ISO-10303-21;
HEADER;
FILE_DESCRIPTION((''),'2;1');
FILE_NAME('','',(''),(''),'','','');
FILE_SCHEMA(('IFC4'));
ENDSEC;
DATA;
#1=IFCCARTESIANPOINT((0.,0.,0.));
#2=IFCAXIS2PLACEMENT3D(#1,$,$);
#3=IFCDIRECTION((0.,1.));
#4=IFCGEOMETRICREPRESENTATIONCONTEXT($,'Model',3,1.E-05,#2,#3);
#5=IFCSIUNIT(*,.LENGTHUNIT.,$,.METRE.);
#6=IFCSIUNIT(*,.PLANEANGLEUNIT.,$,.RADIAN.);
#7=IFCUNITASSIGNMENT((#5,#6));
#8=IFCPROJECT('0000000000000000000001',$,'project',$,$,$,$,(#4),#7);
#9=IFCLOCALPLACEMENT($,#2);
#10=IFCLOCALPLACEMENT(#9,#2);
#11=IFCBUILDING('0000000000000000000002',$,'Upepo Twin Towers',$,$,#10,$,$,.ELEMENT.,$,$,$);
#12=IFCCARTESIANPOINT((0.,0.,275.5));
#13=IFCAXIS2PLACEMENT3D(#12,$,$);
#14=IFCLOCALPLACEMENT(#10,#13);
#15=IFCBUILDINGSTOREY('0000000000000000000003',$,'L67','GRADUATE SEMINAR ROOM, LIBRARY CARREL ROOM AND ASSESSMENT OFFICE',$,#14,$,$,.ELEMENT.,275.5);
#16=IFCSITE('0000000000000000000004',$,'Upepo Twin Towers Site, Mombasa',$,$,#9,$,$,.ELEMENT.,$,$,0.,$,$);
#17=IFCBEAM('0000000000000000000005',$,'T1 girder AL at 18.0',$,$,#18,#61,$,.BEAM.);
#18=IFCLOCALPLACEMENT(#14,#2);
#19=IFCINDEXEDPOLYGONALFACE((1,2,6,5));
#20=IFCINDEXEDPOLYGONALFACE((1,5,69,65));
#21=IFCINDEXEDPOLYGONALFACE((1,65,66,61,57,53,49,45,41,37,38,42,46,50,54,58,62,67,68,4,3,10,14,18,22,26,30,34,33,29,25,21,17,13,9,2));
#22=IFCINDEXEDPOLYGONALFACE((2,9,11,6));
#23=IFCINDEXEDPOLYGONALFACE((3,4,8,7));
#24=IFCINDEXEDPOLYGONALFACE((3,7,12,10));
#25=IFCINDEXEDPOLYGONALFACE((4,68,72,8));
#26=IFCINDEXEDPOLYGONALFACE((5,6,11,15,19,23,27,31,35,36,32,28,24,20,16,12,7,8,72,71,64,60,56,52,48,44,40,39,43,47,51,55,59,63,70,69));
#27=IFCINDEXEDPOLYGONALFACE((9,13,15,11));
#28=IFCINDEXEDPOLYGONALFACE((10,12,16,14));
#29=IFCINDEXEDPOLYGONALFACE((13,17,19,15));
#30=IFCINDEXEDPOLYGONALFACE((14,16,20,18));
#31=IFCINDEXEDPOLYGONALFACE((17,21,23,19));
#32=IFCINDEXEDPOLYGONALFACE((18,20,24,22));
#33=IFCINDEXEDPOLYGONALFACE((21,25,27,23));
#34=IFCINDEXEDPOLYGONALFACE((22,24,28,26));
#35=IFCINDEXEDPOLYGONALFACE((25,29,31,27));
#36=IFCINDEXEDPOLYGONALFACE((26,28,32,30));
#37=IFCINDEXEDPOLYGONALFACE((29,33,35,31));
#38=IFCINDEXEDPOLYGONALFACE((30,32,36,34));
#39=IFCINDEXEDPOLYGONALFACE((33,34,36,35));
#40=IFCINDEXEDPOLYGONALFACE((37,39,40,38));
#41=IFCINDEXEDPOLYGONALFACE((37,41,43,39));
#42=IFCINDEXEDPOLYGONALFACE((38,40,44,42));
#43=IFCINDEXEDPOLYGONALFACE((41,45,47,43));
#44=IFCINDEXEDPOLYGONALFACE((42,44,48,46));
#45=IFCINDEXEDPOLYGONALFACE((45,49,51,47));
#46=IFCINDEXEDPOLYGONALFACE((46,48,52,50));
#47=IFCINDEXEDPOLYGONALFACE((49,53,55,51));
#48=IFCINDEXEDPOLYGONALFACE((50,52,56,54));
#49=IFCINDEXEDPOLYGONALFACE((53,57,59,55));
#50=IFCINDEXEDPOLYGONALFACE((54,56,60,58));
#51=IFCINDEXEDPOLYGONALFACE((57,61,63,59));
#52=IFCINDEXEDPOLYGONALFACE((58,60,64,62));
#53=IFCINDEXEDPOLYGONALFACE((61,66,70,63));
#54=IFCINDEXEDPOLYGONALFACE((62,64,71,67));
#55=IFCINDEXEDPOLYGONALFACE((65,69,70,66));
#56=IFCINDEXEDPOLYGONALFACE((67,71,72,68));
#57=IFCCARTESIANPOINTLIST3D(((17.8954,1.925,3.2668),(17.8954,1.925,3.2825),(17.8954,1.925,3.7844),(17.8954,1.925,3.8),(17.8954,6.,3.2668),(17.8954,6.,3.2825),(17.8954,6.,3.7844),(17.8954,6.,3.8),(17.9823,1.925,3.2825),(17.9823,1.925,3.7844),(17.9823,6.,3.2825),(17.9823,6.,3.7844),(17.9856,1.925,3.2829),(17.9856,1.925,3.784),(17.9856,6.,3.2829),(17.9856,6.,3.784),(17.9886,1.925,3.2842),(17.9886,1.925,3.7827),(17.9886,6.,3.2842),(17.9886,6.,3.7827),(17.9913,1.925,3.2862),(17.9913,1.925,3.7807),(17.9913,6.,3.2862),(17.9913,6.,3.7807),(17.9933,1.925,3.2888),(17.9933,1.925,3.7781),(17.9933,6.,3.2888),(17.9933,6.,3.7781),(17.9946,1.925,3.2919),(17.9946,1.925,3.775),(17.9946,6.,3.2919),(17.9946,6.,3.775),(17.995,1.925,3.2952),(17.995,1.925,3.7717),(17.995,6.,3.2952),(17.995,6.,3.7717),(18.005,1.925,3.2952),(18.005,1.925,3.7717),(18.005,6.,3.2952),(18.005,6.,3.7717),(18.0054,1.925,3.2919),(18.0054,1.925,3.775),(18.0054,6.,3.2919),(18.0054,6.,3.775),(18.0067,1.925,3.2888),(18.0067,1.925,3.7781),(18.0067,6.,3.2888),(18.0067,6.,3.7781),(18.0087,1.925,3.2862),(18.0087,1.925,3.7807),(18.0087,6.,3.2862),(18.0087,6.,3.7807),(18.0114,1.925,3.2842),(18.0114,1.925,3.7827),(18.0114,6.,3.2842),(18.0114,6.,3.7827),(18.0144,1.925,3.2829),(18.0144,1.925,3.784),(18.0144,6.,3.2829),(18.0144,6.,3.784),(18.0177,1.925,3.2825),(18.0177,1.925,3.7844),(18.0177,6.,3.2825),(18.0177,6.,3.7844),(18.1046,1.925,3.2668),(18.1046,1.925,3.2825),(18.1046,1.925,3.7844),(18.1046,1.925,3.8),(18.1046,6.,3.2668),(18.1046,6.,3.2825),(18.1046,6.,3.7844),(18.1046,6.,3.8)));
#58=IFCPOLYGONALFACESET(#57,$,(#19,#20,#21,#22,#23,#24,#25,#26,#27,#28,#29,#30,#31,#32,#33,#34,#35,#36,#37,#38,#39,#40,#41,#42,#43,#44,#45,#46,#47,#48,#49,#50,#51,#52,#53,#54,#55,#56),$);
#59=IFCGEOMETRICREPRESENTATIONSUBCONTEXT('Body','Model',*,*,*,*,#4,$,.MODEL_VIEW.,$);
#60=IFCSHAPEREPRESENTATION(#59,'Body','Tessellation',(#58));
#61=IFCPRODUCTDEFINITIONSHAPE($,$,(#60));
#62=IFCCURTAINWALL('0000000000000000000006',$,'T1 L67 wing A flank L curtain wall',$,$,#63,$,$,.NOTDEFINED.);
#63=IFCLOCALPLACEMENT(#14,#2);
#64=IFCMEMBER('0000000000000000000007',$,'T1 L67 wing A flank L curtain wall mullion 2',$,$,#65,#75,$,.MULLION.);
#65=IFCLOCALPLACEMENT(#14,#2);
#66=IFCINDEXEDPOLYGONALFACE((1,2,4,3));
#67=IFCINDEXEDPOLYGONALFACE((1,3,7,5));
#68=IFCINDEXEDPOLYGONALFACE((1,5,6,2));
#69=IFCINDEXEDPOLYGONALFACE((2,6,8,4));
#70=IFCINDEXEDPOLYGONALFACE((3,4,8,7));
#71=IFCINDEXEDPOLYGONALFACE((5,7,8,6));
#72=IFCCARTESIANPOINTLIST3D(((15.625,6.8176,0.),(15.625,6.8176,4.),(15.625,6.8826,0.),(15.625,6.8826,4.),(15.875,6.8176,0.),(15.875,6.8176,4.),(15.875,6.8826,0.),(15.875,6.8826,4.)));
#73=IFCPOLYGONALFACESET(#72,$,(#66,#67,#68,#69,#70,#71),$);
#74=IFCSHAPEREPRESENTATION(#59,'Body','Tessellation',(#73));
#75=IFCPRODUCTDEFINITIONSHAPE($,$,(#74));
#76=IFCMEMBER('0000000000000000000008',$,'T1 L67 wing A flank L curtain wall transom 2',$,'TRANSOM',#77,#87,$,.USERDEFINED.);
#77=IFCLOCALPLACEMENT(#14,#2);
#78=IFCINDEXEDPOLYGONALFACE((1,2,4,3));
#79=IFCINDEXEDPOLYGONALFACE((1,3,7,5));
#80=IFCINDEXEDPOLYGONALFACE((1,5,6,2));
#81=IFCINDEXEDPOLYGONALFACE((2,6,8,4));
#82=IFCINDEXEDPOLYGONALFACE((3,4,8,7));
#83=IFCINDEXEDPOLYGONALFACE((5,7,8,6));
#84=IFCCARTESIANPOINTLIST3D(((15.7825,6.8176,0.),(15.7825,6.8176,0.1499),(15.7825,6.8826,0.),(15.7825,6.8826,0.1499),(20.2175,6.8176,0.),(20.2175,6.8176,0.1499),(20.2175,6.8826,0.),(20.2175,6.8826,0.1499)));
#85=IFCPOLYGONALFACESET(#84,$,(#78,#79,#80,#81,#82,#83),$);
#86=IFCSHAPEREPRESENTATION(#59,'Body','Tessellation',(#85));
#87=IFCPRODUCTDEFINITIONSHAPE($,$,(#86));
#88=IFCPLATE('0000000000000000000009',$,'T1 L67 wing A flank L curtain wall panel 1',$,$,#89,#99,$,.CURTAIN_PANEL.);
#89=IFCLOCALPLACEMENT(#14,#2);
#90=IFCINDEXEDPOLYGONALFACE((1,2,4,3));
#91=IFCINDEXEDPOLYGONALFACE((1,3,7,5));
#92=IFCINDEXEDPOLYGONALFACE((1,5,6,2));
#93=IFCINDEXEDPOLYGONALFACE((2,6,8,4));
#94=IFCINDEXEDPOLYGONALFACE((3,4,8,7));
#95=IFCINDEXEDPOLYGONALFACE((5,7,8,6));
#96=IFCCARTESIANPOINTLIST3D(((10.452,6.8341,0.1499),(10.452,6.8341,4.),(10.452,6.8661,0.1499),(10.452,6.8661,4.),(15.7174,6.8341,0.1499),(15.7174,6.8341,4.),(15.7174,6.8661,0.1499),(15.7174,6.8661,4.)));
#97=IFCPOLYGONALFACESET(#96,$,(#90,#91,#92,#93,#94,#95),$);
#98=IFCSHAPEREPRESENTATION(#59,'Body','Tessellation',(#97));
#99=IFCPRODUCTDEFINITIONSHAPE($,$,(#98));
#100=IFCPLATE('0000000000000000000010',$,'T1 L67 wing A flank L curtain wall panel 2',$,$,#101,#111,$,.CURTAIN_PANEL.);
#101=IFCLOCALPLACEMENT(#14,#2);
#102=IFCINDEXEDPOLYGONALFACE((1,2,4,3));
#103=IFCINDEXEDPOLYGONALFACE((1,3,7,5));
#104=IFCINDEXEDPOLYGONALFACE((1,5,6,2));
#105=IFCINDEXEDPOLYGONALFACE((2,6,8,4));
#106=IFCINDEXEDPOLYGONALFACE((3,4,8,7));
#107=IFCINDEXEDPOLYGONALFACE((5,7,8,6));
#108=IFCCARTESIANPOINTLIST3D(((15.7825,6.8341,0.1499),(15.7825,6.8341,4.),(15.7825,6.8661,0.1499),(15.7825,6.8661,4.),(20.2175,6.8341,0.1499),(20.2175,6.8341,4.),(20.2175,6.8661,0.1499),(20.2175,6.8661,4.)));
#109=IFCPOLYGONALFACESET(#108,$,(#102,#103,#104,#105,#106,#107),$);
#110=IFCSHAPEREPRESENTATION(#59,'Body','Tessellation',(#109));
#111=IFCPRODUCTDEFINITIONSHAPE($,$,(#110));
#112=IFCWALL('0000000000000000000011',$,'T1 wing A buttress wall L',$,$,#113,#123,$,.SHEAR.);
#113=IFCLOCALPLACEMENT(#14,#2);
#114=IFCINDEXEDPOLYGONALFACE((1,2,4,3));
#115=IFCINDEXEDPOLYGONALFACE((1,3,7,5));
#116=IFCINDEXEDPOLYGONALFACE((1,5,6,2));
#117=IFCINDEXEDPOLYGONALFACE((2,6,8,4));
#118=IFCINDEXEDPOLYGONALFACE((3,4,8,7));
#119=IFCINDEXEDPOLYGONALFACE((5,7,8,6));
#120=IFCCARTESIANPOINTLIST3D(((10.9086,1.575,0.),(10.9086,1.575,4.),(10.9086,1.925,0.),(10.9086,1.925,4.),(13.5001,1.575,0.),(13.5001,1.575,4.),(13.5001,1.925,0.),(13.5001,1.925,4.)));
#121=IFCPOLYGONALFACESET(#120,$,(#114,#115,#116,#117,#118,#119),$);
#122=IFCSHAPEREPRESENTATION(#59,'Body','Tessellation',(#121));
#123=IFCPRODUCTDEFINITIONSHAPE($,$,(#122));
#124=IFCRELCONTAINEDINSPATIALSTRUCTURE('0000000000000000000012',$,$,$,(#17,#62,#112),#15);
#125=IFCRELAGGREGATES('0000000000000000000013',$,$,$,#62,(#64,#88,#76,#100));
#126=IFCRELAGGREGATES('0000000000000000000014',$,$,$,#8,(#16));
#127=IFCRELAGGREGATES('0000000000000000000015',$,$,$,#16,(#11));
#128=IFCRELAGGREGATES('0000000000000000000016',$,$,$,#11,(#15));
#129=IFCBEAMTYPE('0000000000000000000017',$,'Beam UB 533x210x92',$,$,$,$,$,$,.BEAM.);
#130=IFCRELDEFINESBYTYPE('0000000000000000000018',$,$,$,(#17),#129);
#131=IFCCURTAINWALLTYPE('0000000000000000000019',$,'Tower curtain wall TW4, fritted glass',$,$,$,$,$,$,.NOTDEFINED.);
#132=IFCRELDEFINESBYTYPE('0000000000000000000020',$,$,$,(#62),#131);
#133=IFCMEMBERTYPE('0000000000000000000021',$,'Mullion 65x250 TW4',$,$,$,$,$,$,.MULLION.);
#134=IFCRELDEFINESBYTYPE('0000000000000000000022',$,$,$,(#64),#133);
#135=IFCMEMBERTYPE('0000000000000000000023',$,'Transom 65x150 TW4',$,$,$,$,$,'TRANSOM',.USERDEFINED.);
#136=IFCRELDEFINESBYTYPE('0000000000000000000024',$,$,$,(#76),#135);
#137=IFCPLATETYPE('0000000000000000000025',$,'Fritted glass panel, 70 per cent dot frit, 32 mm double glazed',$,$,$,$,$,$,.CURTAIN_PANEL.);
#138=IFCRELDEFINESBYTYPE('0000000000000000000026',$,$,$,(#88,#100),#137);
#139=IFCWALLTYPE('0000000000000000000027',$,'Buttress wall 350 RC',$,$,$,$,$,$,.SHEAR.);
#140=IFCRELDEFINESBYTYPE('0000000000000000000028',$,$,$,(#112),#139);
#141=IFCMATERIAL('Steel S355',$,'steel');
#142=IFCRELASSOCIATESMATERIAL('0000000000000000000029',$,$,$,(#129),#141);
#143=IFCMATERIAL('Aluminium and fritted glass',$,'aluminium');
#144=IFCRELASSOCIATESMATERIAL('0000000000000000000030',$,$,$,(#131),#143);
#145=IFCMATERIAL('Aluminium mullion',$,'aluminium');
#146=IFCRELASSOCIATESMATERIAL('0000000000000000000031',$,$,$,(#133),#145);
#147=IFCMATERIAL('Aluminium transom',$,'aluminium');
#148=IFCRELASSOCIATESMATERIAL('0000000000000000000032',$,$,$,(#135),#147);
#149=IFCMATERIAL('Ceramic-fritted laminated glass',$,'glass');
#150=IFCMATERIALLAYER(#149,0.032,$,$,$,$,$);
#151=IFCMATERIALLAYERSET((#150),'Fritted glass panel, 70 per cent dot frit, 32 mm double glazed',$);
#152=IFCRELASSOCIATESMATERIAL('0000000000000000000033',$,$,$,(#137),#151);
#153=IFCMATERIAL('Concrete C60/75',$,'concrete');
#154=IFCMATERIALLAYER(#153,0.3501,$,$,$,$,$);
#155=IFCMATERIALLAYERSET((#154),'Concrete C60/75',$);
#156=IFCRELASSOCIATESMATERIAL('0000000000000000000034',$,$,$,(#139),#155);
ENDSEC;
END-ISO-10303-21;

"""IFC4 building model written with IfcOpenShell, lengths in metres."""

from ifc_helpers import new_model, si_unit, direction, frame, frame_2d, origin, origin_2d, place, context, subcontext, project, spatial, rectangle, i_section, extrude, material, layer, layer_set, material_profile, profile_set, type_object, element, aggregate, save


model = new_model("IFC4")

# Units and contexts
model_context = context("Model", 3, precision=1e-05, world=origin(), true_north=direction((0.0, 1.0)))
body_context = subcontext(model_context, "Body", "Model", "MODEL_VIEW")
ifc_project = project(units=[si_unit("LENGTHUNIT", "METRE"), si_unit("PLANEANGLEUNIT", "RADIAN")], contexts=[model_context])

# Site, building, storey
site_placement = place(None, origin())
site = spatial("IfcSite", under=ifc_project, at=site_placement, Name="Upepo Twin Towers Site, Mombasa", CompositionType="ELEMENT", RefElevation=0.0)
building_placement = place(site_placement, origin())
building = spatial("IfcBuilding", under=site, at=building_placement, Name="Upepo Twin Towers", CompositionType="ELEMENT")
storey_placement = place(building_placement, frame((0.0, 0.0, 275.5)))
storey = spatial("IfcBuildingStorey", under=building, at=storey_placement, Name="L67", Description="GRADUATE SEMINAR ROOM, LIBRARY CARREL ROOM AND ASSESSMENT OFFICE", CompositionType="ELEMENT", Elevation=275.5)

# Beam
ifc_material_1 = material(Name="Steel S355", Category="steel")
ifc_material_profile_1 = material_profile(ifc_material_1, i_section(OverallWidth=0.2092, OverallDepth=0.5332, WebThickness=0.01, FlangeThickness=0.0156, FilletRadius=0.0127, at=origin_2d()), Name="UB 533x210x92")
ifc_profile_set_1 = profile_set([ifc_material_profile_1], Name="Steel S355")
beam_type_1 = type_object("IfcBeamType", Name="Beam UB 533x210x92", PredefinedType="BEAM", material=ifc_profile_set_1)
for number, where, z_axis, x_axis, name in (
    (1, (18.0, 6.0, 3.5334), (0.0, -1.0, 0.0), (1.0, 0.0, 0.0), "T1 girder AL at 18.0"),
):
    element("IfcBeam", number, at=place(storey_placement, frame(where, z_axis=z_axis, x_axis=x_axis)), inside=storey, type_object=beam_type_1, Name=name, PredefinedType="BEAM", context=body_context, shape_type="SweptSolid", body=[
        extrude(i_section(OverallWidth=0.2092, OverallDepth=0.5332, WebThickness=0.01, FlangeThickness=0.0156, FilletRadius=0.0127, at=origin_2d()), origin(), (0.0, 0.0, 1.0), 4.075),
    ])

# Curtain wall, members, plates
ifc_material_2 = material(Name="Aluminium and fritted glass", Category="aluminium")
curtain_wall_type = type_object("IfcCurtainWallType", Name="Tower curtain wall TW4, fritted glass", PredefinedType="NOTDEFINED", material=ifc_material_2)
curtain_wall_placement = place(storey_placement, origin())
curtain_wall = element("IfcCurtainWall", 2, at=curtain_wall_placement, inside=storey, type_object=curtain_wall_type, Name="T1 L67 wing A flank L curtain wall", PredefinedType="NOTDEFINED")
ifc_material_3 = material(Name="Aluminium mullion", Category="aluminium")
ifc_material_profile_2 = material_profile(ifc_material_3, rectangle(XDim=0.0649, YDim=0.25, at=origin_2d()), Name="MULLION 65x250")
ifc_profile_set_2 = profile_set([ifc_material_profile_2], Name="Aluminium mullion")
member_type_1 = type_object("IfcMemberType", Name="Mullion 65x250 TW4", PredefinedType="MULLION", material=ifc_profile_set_2)
member_1_placement = place(storey_placement, frame((15.75, 6.8501, 0.0), z_axis=(0.0, 0.0, 1.0), x_axis=(0.0, 1.0, 0.0)))
member_1 = element("IfcMember", 3, at=member_1_placement, type_object=member_type_1, Name="T1 L67 wing A flank L curtain wall mullion 2", PredefinedType="MULLION", context=body_context, shape_type="SweptSolid", body=[
    extrude(rectangle(XDim=0.0649, YDim=0.25, at=origin_2d()), origin(), (0.0, 0.0, 1.0), 4.0),
])
ifc_material_4 = material(Name="Aluminium transom", Category="aluminium")
ifc_material_profile_3 = material_profile(ifc_material_4, rectangle(XDim=0.0649, YDim=0.1499, at=origin_2d()), Name="TRANSOM 65x150")
ifc_profile_set_3 = profile_set([ifc_material_profile_3], Name="Aluminium transom")
member_type_2 = type_object("IfcMemberType", Name="Transom 65x150 TW4", ElementType="TRANSOM", PredefinedType="USERDEFINED", material=ifc_profile_set_3)
member_2_placement = place(storey_placement, frame((15.7825, 6.8501, 0.075), z_axis=(1.0, 0.0, 0.0), x_axis=(0.0, 1.0, 0.0)))
member_2 = element("IfcMember", 4, at=member_2_placement, type_object=member_type_2, Name="T1 L67 wing A flank L curtain wall transom 2", ObjectType="TRANSOM", PredefinedType="USERDEFINED", context=body_context, shape_type="SweptSolid", body=[
    extrude(rectangle(XDim=0.0649, YDim=0.1499, at=origin_2d()), origin(), (0.0, 0.0, 1.0), 4.4351),
])
ifc_material_5 = material(Name="Ceramic-fritted laminated glass", Category="glass")
ifc_layer_1 = layer(ifc_material_5, 0.032)
ifc_layer_set_1 = layer_set([ifc_layer_1], Name="Fritted glass panel, 70 per cent dot frit, 32 mm double glazed")
plate_type = type_object("IfcPlateType", Name="Fritted glass panel, 70 per cent dot frit, 32 mm double glazed", PredefinedType="CURTAIN_PANEL", material=ifc_layer_set_1)
plate_1_placement = place(storey_placement, frame((13.0847, 6.8501, 0.1499), z_axis=(0.0, 0.0, 1.0), x_axis=(1.0, 0.0, 0.0)))
plate_1 = element("IfcPlate", 5, at=plate_1_placement, type_object=plate_type, Name="T1 L67 wing A flank L curtain wall panel 1", PredefinedType="CURTAIN_PANEL", context=body_context, shape_type="SweptSolid", body=[
    extrude(rectangle(XDim=5.2654, YDim=0.032, at=origin_2d()), origin(), (0.0, 0.0, 1.0), 3.8501),
])
plate_2_placement = place(storey_placement, frame((18.0, 6.8501, 0.1499), z_axis=(0.0, 0.0, 1.0), x_axis=(1.0, 0.0, 0.0)))
plate_2 = element("IfcPlate", 6, at=plate_2_placement, type_object=plate_type, Name="T1 L67 wing A flank L curtain wall panel 2", PredefinedType="CURTAIN_PANEL", context=body_context, shape_type="SweptSolid", body=[
    extrude(rectangle(XDim=4.4351, YDim=0.032, at=origin_2d()), origin(), (0.0, 0.0, 1.0), 3.8501),
])
aggregate(curtain_wall, [member_1, plate_1, member_2, plate_2])

# Wall
ifc_material_6 = material(Name="Concrete C60/75", Category="concrete")
ifc_layer_2 = layer(ifc_material_6, 0.3501)
ifc_layer_set_2 = layer_set([ifc_layer_2], Name="Concrete C60/75")
wall_type_1 = type_object("IfcWallType", Name="Buttress wall 350 RC", PredefinedType="SHEAR", material=ifc_layer_set_2)
wall_1_placement = place(storey_placement, frame((10.9084, 1.75, 0.0), z_axis=(0.0, 0.0, 1.0), x_axis=(1.0, 0.0, 0.0)))
element("IfcWall", 7, at=wall_1_placement, inside=storey, type_object=wall_type_1, Name="T1 wing A buttress wall L", PredefinedType="SHEAR", context=body_context, shape_type="SweptSolid", body=[
    extrude(rectangle(XDim=2.5916, YDim=0.3501, at=frame_2d((1.2959, 0.0))), origin(), (0.0, 0.0, 1.0), 4.0),
])

save(model, "model.ifc")
